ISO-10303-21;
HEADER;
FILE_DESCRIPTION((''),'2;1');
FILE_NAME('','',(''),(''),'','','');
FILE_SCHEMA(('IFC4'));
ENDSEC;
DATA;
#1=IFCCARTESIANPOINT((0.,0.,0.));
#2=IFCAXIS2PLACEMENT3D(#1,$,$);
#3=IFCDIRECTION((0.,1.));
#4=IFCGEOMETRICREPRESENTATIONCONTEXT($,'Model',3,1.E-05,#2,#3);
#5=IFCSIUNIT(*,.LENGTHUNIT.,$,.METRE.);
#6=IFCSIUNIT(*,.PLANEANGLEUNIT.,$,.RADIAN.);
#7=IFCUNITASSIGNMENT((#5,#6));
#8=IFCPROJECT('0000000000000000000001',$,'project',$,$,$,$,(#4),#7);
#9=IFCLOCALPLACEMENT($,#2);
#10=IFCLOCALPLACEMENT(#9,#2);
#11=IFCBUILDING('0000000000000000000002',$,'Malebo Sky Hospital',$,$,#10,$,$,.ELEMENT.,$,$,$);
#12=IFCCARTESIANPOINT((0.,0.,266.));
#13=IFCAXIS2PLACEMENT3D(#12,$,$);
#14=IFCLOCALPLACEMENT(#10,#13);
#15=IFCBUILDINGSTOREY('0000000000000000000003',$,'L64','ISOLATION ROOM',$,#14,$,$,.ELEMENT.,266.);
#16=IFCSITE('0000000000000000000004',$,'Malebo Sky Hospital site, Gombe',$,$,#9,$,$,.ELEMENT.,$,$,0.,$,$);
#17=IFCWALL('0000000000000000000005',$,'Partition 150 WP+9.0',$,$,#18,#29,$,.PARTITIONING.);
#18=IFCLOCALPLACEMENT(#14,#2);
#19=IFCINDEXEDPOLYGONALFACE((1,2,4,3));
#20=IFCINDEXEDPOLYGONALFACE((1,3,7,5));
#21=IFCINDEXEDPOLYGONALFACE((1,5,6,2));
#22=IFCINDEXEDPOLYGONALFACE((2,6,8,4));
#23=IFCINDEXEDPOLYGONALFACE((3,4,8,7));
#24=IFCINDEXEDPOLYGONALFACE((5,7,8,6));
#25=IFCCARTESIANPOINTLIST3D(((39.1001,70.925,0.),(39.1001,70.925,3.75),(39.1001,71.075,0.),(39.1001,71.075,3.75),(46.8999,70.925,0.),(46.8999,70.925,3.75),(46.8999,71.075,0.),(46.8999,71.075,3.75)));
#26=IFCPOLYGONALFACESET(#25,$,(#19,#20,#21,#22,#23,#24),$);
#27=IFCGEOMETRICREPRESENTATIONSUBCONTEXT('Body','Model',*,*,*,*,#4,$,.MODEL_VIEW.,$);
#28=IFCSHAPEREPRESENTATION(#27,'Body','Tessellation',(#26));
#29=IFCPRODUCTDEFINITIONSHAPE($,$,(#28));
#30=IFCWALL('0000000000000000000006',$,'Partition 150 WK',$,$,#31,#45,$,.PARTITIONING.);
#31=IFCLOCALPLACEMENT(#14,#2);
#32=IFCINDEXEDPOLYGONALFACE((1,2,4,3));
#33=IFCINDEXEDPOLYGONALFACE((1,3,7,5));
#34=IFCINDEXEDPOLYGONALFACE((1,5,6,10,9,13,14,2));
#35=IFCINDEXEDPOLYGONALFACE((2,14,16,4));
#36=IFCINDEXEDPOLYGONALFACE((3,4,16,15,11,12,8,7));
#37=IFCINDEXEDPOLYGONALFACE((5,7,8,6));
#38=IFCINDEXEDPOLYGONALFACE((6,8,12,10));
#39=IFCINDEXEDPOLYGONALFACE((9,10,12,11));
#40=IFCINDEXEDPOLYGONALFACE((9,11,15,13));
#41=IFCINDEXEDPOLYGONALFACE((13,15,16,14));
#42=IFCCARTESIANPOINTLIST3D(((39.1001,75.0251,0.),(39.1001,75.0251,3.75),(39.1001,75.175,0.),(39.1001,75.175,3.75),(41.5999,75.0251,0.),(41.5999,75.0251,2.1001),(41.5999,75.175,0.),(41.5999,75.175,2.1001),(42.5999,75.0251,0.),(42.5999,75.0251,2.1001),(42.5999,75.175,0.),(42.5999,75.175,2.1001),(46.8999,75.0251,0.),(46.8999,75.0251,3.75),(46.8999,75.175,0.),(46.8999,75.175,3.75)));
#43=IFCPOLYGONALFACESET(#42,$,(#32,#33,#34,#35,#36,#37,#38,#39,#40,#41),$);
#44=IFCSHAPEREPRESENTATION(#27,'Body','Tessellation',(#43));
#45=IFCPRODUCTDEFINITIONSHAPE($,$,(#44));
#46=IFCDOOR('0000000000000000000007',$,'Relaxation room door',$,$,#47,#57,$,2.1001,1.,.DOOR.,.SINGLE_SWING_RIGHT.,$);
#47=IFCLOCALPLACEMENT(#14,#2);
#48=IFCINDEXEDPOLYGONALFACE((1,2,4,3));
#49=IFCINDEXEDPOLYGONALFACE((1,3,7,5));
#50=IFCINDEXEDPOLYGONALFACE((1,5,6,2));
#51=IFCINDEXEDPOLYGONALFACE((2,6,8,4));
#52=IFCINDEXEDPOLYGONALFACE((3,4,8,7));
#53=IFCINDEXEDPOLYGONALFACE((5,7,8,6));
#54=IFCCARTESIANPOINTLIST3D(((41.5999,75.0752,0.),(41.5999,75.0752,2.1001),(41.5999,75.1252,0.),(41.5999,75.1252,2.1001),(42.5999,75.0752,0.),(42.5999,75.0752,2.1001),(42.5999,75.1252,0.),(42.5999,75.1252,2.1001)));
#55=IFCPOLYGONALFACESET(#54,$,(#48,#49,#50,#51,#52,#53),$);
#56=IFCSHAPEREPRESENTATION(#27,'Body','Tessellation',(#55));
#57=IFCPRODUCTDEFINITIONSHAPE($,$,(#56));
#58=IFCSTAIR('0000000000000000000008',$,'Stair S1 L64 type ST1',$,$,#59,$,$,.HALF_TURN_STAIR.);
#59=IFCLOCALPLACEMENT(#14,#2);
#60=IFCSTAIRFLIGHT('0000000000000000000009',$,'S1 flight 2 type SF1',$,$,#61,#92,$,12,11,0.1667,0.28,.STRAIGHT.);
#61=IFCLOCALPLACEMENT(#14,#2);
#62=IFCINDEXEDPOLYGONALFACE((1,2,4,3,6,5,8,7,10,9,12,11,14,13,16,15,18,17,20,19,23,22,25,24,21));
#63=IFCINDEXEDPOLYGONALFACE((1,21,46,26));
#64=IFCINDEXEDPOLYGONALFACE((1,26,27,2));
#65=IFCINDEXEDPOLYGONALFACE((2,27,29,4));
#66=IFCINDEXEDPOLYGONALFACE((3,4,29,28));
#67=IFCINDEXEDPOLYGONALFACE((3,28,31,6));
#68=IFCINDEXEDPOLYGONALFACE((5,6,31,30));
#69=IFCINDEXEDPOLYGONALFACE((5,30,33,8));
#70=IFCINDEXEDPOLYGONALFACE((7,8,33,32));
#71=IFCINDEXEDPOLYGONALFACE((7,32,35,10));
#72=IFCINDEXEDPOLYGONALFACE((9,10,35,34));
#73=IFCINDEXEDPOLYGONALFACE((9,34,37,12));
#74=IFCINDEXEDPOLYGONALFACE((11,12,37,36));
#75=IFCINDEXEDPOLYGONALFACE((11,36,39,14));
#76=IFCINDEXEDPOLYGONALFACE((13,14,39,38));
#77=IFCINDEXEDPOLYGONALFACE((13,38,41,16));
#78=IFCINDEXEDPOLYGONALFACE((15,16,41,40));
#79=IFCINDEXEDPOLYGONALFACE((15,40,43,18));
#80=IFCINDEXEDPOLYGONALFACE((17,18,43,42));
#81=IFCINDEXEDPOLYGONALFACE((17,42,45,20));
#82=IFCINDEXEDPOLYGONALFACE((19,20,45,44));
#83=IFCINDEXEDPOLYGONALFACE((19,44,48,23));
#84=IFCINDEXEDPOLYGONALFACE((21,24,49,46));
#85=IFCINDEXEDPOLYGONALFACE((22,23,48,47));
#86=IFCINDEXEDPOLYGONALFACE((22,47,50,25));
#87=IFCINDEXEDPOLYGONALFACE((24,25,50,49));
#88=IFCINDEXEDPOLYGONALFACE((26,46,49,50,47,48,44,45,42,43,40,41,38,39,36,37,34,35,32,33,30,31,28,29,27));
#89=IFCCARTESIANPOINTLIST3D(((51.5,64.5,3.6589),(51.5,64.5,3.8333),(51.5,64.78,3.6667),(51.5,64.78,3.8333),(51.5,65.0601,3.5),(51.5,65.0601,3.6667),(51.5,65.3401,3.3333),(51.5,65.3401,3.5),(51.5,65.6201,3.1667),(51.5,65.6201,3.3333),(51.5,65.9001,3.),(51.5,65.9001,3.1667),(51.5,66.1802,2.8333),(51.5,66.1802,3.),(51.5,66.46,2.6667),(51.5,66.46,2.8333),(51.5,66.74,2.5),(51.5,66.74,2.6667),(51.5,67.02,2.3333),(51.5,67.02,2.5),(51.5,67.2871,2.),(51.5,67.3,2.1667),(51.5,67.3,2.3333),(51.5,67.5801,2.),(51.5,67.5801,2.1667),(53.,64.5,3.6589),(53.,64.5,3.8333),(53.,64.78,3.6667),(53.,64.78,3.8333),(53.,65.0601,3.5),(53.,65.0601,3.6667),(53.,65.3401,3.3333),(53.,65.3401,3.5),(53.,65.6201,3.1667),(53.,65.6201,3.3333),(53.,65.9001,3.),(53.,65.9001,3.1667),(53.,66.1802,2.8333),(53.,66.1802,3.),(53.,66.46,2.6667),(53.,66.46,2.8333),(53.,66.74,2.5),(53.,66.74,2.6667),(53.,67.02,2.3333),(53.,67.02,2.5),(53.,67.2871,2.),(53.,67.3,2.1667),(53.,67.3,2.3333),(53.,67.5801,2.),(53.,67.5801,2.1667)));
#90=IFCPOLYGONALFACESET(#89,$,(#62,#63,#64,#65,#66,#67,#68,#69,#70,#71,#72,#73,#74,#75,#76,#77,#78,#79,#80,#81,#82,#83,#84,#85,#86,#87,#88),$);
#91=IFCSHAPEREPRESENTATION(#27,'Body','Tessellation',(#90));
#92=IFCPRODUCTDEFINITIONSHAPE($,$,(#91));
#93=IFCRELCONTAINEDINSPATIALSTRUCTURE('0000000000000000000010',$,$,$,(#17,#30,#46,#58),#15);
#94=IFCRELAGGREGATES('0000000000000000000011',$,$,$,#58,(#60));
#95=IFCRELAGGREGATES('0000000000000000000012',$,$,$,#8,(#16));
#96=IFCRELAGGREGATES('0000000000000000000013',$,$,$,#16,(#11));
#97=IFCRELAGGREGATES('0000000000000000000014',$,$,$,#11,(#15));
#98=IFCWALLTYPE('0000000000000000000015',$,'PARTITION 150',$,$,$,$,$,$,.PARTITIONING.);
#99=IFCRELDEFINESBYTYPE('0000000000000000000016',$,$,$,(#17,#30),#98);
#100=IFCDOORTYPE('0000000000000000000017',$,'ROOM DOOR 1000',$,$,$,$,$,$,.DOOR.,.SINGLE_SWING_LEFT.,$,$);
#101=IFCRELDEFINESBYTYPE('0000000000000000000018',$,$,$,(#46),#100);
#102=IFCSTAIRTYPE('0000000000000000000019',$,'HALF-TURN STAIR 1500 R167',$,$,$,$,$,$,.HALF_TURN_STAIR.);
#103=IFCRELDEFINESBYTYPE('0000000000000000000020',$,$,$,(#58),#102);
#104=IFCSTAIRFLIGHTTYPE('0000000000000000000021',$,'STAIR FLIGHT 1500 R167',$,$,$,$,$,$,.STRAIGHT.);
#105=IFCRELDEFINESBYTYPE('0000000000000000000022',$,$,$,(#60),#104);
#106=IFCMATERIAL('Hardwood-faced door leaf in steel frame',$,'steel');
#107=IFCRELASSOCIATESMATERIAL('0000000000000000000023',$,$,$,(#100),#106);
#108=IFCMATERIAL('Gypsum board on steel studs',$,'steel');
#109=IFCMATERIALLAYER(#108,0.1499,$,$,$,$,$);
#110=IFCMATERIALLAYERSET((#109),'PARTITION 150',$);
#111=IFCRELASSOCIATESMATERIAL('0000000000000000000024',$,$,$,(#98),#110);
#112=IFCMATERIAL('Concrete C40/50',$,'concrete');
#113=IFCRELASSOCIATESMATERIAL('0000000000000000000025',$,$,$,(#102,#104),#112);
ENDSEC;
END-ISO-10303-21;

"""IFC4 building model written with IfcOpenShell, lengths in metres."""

from ifc_helpers import new_model, si_unit, direction, frame, frame_2d, origin, place, context, subcontext, project, spatial, polyline, rectangle, outline, extrude, material, layer, layer_set, type_object, element, fill, aggregate, save


model = new_model("IFC4")

# Units and contexts
model_context = context("Model", 3, precision=1e-05, world=origin(), true_north=direction((0.0, 1.0)))
body_context = subcontext(model_context, "Body", "Model", "MODEL_VIEW")
ifc_project = project(units=[si_unit("LENGTHUNIT", "METRE"), si_unit("PLANEANGLEUNIT", "RADIAN")], contexts=[model_context])

# Site, building, storey
site_placement = place(None, origin())
site = spatial("IfcSite", under=ifc_project, at=site_placement, Name="Malebo Sky Hospital site, Gombe", CompositionType="ELEMENT", RefElevation=0.0)
building_placement = place(site_placement, origin())
building = spatial("IfcBuilding", under=site, at=building_placement, Name="Malebo Sky Hospital", CompositionType="ELEMENT")
storey_placement = place(building_placement, frame((0.0, 0.0, 266.0)))
storey = spatial("IfcBuildingStorey", under=building, at=storey_placement, Name="L64", Description="ISOLATION ROOM", CompositionType="ELEMENT", Elevation=266.0)

# Shared definitions
ifc_material_1 = material(Name="Hardwood-faced door leaf in steel frame", Category="steel")

# Shared definitions
ifc_material_2 = material(Name="Gypsum board on steel studs", Category="steel")
door_type_1 = type_object("IfcDoorType", Name="ROOM DOOR 1000", OperationType="SINGLE_SWING_LEFT", PredefinedType="DOOR", material=ifc_material_1)

# Wall
ifc_layer_1 = layer(ifc_material_2, 0.1499)
ifc_layer_set_1 = layer_set([ifc_layer_1], Name="PARTITION 150")
wall_type_1 = type_object("IfcWallType", Name="PARTITION 150", PredefinedType="PARTITIONING", material=ifc_layer_set_1)
wall_1_placement = place(storey_placement, frame((46.8999, 71.0, 0.0), z_axis=(0.0, 0.0, 1.0), x_axis=(-1.0, 0.0, 0.0)))
element("IfcWall", 1, at=wall_1_placement, inside=storey, type_object=wall_type_1, Name="Partition 150 WP+9.0", PredefinedType="PARTITIONING", context=body_context, shape_type="SweptSolid", body=[
    extrude(rectangle(XDim=7.7998, YDim=0.1499, at=frame_2d((3.8999, 0.0))), origin(), (0.0, 0.0, 1.0), 3.75),
])

# Wall, opening, door
wall_2_placement = place(storey_placement, frame((46.8999, 75.1001, 0.0), z_axis=(0.0, 0.0, 1.0), x_axis=(-1.0, 0.0, 0.0)))
wall_2 = element("IfcWall", 2, at=wall_2_placement, inside=storey, type_object=wall_type_1, Name="Partition 150 WK", PredefinedType="PARTITIONING", context=body_context, shape_type="SweptSolid", body=[
    extrude(rectangle(XDim=7.7998, YDim=0.1499, at=frame_2d((3.8999, 0.0))), origin(), (0.0, 0.0, 1.0), 3.75),
])
opening_1_placement = place(wall_2_placement, frame((4.3, 0.0, 0.0)))
opening_1 = element("IfcOpeningElement", 3, at=opening_1_placement, cuts=wall_2, PredefinedType="OPENING", context=body_context, shape_type="SweptSolid", body=[
    extrude(rectangle(XDim=1.0, YDim=2.1001, at=frame_2d((0.5, 1.05))), frame((0.0, 0.085, 0.0), z_axis=(0.0, -1.0, 0.0), x_axis=(1.0, 0.0, 0.0)), (0.0, 0.0, 1.0), 0.1699),
])
door_1_placement = place(opening_1_placement, origin())
door_1 = element("IfcDoor", 4, at=door_1_placement, inside=storey, type_object=door_type_1, Name="Relaxation room door", OperationType="SINGLE_SWING_RIGHT", OverallHeight=2.1001, OverallWidth=1.0, PredefinedType="DOOR", context=body_context, shape_type="SweptSolid", body=[
    extrude(rectangle(XDim=1.0, YDim=2.1001, at=frame_2d((0.5, 1.05))), frame((0.0, 0.0249, 0.0), z_axis=(0.0, -1.0, 0.0), x_axis=(1.0, 0.0, 0.0)), (0.0, 0.0, 1.0), 0.05),
])
fill(opening_1, door_1)

# Stair, stair flight
ifc_material_3 = material(Name="Concrete C40/50", Category="concrete")
stair_type = type_object("IfcStairType", Name="HALF-TURN STAIR 1500 R167", PredefinedType="HALF_TURN_STAIR", material=ifc_material_3)
stair_placement = place(storey_placement, origin())
stair = element("IfcStair", 5, at=stair_placement, inside=storey, type_object=stair_type, Name="Stair S1 L64 type ST1", PredefinedType="HALF_TURN_STAIR")
stair_flight_type = type_object("IfcStairFlightType", Name="STAIR FLIGHT 1500 R167", PredefinedType="STRAIGHT", material=ifc_material_3)
stair_flight_placement = place(storey_placement, frame((52.25, 67.5801, 2.0), z_axis=(0.0, 0.0, 1.0), x_axis=(0.0, -1.0, 0.0)))
stair_flight = element("IfcStairFlight", 6, at=stair_flight_placement, type_object=stair_flight_type, Name="S1 flight 2 type SF1", NumberOfRisers=12, NumberOfTreads=11, PredefinedType="STRAIGHT", RiserHeight=0.1667, TreadLength=0.28, context=body_context, shape_type="SweptSolid", body=[
    extrude(outline(polyline([(0.0, 0.0), (0.0, 0.1667), (0.28, 0.1667), (0.28, 0.3333), (0.5601, 0.3333), (0.5601, 0.5), (0.8401, 0.5), (0.8401, 0.6667), (1.1201, 0.6667), (1.1201, 0.8333), (1.3999, 0.8333), (1.3999, 1.0), (1.6799, 1.0), (1.6799, 1.1667), (1.96, 1.1667), (1.96, 1.3333), (2.24, 1.3333), (2.24, 1.5), (2.52, 1.5), (2.52, 1.6667), (2.8, 1.6667), (2.8, 1.8333), (3.0801, 1.8333), (3.0801, 2.0), (3.0801, 1.6589), (0.293, 0.0), (0.0, 0.0)])), frame((0.0, 0.75, 0.0), z_axis=(0.0, -1.0, 0.0), x_axis=(1.0, 0.0, 0.0)), (0.0, 0.0, 1.0), 1.5),
])
aggregate(stair, [stair_flight])

save(model, "model.ifc")
